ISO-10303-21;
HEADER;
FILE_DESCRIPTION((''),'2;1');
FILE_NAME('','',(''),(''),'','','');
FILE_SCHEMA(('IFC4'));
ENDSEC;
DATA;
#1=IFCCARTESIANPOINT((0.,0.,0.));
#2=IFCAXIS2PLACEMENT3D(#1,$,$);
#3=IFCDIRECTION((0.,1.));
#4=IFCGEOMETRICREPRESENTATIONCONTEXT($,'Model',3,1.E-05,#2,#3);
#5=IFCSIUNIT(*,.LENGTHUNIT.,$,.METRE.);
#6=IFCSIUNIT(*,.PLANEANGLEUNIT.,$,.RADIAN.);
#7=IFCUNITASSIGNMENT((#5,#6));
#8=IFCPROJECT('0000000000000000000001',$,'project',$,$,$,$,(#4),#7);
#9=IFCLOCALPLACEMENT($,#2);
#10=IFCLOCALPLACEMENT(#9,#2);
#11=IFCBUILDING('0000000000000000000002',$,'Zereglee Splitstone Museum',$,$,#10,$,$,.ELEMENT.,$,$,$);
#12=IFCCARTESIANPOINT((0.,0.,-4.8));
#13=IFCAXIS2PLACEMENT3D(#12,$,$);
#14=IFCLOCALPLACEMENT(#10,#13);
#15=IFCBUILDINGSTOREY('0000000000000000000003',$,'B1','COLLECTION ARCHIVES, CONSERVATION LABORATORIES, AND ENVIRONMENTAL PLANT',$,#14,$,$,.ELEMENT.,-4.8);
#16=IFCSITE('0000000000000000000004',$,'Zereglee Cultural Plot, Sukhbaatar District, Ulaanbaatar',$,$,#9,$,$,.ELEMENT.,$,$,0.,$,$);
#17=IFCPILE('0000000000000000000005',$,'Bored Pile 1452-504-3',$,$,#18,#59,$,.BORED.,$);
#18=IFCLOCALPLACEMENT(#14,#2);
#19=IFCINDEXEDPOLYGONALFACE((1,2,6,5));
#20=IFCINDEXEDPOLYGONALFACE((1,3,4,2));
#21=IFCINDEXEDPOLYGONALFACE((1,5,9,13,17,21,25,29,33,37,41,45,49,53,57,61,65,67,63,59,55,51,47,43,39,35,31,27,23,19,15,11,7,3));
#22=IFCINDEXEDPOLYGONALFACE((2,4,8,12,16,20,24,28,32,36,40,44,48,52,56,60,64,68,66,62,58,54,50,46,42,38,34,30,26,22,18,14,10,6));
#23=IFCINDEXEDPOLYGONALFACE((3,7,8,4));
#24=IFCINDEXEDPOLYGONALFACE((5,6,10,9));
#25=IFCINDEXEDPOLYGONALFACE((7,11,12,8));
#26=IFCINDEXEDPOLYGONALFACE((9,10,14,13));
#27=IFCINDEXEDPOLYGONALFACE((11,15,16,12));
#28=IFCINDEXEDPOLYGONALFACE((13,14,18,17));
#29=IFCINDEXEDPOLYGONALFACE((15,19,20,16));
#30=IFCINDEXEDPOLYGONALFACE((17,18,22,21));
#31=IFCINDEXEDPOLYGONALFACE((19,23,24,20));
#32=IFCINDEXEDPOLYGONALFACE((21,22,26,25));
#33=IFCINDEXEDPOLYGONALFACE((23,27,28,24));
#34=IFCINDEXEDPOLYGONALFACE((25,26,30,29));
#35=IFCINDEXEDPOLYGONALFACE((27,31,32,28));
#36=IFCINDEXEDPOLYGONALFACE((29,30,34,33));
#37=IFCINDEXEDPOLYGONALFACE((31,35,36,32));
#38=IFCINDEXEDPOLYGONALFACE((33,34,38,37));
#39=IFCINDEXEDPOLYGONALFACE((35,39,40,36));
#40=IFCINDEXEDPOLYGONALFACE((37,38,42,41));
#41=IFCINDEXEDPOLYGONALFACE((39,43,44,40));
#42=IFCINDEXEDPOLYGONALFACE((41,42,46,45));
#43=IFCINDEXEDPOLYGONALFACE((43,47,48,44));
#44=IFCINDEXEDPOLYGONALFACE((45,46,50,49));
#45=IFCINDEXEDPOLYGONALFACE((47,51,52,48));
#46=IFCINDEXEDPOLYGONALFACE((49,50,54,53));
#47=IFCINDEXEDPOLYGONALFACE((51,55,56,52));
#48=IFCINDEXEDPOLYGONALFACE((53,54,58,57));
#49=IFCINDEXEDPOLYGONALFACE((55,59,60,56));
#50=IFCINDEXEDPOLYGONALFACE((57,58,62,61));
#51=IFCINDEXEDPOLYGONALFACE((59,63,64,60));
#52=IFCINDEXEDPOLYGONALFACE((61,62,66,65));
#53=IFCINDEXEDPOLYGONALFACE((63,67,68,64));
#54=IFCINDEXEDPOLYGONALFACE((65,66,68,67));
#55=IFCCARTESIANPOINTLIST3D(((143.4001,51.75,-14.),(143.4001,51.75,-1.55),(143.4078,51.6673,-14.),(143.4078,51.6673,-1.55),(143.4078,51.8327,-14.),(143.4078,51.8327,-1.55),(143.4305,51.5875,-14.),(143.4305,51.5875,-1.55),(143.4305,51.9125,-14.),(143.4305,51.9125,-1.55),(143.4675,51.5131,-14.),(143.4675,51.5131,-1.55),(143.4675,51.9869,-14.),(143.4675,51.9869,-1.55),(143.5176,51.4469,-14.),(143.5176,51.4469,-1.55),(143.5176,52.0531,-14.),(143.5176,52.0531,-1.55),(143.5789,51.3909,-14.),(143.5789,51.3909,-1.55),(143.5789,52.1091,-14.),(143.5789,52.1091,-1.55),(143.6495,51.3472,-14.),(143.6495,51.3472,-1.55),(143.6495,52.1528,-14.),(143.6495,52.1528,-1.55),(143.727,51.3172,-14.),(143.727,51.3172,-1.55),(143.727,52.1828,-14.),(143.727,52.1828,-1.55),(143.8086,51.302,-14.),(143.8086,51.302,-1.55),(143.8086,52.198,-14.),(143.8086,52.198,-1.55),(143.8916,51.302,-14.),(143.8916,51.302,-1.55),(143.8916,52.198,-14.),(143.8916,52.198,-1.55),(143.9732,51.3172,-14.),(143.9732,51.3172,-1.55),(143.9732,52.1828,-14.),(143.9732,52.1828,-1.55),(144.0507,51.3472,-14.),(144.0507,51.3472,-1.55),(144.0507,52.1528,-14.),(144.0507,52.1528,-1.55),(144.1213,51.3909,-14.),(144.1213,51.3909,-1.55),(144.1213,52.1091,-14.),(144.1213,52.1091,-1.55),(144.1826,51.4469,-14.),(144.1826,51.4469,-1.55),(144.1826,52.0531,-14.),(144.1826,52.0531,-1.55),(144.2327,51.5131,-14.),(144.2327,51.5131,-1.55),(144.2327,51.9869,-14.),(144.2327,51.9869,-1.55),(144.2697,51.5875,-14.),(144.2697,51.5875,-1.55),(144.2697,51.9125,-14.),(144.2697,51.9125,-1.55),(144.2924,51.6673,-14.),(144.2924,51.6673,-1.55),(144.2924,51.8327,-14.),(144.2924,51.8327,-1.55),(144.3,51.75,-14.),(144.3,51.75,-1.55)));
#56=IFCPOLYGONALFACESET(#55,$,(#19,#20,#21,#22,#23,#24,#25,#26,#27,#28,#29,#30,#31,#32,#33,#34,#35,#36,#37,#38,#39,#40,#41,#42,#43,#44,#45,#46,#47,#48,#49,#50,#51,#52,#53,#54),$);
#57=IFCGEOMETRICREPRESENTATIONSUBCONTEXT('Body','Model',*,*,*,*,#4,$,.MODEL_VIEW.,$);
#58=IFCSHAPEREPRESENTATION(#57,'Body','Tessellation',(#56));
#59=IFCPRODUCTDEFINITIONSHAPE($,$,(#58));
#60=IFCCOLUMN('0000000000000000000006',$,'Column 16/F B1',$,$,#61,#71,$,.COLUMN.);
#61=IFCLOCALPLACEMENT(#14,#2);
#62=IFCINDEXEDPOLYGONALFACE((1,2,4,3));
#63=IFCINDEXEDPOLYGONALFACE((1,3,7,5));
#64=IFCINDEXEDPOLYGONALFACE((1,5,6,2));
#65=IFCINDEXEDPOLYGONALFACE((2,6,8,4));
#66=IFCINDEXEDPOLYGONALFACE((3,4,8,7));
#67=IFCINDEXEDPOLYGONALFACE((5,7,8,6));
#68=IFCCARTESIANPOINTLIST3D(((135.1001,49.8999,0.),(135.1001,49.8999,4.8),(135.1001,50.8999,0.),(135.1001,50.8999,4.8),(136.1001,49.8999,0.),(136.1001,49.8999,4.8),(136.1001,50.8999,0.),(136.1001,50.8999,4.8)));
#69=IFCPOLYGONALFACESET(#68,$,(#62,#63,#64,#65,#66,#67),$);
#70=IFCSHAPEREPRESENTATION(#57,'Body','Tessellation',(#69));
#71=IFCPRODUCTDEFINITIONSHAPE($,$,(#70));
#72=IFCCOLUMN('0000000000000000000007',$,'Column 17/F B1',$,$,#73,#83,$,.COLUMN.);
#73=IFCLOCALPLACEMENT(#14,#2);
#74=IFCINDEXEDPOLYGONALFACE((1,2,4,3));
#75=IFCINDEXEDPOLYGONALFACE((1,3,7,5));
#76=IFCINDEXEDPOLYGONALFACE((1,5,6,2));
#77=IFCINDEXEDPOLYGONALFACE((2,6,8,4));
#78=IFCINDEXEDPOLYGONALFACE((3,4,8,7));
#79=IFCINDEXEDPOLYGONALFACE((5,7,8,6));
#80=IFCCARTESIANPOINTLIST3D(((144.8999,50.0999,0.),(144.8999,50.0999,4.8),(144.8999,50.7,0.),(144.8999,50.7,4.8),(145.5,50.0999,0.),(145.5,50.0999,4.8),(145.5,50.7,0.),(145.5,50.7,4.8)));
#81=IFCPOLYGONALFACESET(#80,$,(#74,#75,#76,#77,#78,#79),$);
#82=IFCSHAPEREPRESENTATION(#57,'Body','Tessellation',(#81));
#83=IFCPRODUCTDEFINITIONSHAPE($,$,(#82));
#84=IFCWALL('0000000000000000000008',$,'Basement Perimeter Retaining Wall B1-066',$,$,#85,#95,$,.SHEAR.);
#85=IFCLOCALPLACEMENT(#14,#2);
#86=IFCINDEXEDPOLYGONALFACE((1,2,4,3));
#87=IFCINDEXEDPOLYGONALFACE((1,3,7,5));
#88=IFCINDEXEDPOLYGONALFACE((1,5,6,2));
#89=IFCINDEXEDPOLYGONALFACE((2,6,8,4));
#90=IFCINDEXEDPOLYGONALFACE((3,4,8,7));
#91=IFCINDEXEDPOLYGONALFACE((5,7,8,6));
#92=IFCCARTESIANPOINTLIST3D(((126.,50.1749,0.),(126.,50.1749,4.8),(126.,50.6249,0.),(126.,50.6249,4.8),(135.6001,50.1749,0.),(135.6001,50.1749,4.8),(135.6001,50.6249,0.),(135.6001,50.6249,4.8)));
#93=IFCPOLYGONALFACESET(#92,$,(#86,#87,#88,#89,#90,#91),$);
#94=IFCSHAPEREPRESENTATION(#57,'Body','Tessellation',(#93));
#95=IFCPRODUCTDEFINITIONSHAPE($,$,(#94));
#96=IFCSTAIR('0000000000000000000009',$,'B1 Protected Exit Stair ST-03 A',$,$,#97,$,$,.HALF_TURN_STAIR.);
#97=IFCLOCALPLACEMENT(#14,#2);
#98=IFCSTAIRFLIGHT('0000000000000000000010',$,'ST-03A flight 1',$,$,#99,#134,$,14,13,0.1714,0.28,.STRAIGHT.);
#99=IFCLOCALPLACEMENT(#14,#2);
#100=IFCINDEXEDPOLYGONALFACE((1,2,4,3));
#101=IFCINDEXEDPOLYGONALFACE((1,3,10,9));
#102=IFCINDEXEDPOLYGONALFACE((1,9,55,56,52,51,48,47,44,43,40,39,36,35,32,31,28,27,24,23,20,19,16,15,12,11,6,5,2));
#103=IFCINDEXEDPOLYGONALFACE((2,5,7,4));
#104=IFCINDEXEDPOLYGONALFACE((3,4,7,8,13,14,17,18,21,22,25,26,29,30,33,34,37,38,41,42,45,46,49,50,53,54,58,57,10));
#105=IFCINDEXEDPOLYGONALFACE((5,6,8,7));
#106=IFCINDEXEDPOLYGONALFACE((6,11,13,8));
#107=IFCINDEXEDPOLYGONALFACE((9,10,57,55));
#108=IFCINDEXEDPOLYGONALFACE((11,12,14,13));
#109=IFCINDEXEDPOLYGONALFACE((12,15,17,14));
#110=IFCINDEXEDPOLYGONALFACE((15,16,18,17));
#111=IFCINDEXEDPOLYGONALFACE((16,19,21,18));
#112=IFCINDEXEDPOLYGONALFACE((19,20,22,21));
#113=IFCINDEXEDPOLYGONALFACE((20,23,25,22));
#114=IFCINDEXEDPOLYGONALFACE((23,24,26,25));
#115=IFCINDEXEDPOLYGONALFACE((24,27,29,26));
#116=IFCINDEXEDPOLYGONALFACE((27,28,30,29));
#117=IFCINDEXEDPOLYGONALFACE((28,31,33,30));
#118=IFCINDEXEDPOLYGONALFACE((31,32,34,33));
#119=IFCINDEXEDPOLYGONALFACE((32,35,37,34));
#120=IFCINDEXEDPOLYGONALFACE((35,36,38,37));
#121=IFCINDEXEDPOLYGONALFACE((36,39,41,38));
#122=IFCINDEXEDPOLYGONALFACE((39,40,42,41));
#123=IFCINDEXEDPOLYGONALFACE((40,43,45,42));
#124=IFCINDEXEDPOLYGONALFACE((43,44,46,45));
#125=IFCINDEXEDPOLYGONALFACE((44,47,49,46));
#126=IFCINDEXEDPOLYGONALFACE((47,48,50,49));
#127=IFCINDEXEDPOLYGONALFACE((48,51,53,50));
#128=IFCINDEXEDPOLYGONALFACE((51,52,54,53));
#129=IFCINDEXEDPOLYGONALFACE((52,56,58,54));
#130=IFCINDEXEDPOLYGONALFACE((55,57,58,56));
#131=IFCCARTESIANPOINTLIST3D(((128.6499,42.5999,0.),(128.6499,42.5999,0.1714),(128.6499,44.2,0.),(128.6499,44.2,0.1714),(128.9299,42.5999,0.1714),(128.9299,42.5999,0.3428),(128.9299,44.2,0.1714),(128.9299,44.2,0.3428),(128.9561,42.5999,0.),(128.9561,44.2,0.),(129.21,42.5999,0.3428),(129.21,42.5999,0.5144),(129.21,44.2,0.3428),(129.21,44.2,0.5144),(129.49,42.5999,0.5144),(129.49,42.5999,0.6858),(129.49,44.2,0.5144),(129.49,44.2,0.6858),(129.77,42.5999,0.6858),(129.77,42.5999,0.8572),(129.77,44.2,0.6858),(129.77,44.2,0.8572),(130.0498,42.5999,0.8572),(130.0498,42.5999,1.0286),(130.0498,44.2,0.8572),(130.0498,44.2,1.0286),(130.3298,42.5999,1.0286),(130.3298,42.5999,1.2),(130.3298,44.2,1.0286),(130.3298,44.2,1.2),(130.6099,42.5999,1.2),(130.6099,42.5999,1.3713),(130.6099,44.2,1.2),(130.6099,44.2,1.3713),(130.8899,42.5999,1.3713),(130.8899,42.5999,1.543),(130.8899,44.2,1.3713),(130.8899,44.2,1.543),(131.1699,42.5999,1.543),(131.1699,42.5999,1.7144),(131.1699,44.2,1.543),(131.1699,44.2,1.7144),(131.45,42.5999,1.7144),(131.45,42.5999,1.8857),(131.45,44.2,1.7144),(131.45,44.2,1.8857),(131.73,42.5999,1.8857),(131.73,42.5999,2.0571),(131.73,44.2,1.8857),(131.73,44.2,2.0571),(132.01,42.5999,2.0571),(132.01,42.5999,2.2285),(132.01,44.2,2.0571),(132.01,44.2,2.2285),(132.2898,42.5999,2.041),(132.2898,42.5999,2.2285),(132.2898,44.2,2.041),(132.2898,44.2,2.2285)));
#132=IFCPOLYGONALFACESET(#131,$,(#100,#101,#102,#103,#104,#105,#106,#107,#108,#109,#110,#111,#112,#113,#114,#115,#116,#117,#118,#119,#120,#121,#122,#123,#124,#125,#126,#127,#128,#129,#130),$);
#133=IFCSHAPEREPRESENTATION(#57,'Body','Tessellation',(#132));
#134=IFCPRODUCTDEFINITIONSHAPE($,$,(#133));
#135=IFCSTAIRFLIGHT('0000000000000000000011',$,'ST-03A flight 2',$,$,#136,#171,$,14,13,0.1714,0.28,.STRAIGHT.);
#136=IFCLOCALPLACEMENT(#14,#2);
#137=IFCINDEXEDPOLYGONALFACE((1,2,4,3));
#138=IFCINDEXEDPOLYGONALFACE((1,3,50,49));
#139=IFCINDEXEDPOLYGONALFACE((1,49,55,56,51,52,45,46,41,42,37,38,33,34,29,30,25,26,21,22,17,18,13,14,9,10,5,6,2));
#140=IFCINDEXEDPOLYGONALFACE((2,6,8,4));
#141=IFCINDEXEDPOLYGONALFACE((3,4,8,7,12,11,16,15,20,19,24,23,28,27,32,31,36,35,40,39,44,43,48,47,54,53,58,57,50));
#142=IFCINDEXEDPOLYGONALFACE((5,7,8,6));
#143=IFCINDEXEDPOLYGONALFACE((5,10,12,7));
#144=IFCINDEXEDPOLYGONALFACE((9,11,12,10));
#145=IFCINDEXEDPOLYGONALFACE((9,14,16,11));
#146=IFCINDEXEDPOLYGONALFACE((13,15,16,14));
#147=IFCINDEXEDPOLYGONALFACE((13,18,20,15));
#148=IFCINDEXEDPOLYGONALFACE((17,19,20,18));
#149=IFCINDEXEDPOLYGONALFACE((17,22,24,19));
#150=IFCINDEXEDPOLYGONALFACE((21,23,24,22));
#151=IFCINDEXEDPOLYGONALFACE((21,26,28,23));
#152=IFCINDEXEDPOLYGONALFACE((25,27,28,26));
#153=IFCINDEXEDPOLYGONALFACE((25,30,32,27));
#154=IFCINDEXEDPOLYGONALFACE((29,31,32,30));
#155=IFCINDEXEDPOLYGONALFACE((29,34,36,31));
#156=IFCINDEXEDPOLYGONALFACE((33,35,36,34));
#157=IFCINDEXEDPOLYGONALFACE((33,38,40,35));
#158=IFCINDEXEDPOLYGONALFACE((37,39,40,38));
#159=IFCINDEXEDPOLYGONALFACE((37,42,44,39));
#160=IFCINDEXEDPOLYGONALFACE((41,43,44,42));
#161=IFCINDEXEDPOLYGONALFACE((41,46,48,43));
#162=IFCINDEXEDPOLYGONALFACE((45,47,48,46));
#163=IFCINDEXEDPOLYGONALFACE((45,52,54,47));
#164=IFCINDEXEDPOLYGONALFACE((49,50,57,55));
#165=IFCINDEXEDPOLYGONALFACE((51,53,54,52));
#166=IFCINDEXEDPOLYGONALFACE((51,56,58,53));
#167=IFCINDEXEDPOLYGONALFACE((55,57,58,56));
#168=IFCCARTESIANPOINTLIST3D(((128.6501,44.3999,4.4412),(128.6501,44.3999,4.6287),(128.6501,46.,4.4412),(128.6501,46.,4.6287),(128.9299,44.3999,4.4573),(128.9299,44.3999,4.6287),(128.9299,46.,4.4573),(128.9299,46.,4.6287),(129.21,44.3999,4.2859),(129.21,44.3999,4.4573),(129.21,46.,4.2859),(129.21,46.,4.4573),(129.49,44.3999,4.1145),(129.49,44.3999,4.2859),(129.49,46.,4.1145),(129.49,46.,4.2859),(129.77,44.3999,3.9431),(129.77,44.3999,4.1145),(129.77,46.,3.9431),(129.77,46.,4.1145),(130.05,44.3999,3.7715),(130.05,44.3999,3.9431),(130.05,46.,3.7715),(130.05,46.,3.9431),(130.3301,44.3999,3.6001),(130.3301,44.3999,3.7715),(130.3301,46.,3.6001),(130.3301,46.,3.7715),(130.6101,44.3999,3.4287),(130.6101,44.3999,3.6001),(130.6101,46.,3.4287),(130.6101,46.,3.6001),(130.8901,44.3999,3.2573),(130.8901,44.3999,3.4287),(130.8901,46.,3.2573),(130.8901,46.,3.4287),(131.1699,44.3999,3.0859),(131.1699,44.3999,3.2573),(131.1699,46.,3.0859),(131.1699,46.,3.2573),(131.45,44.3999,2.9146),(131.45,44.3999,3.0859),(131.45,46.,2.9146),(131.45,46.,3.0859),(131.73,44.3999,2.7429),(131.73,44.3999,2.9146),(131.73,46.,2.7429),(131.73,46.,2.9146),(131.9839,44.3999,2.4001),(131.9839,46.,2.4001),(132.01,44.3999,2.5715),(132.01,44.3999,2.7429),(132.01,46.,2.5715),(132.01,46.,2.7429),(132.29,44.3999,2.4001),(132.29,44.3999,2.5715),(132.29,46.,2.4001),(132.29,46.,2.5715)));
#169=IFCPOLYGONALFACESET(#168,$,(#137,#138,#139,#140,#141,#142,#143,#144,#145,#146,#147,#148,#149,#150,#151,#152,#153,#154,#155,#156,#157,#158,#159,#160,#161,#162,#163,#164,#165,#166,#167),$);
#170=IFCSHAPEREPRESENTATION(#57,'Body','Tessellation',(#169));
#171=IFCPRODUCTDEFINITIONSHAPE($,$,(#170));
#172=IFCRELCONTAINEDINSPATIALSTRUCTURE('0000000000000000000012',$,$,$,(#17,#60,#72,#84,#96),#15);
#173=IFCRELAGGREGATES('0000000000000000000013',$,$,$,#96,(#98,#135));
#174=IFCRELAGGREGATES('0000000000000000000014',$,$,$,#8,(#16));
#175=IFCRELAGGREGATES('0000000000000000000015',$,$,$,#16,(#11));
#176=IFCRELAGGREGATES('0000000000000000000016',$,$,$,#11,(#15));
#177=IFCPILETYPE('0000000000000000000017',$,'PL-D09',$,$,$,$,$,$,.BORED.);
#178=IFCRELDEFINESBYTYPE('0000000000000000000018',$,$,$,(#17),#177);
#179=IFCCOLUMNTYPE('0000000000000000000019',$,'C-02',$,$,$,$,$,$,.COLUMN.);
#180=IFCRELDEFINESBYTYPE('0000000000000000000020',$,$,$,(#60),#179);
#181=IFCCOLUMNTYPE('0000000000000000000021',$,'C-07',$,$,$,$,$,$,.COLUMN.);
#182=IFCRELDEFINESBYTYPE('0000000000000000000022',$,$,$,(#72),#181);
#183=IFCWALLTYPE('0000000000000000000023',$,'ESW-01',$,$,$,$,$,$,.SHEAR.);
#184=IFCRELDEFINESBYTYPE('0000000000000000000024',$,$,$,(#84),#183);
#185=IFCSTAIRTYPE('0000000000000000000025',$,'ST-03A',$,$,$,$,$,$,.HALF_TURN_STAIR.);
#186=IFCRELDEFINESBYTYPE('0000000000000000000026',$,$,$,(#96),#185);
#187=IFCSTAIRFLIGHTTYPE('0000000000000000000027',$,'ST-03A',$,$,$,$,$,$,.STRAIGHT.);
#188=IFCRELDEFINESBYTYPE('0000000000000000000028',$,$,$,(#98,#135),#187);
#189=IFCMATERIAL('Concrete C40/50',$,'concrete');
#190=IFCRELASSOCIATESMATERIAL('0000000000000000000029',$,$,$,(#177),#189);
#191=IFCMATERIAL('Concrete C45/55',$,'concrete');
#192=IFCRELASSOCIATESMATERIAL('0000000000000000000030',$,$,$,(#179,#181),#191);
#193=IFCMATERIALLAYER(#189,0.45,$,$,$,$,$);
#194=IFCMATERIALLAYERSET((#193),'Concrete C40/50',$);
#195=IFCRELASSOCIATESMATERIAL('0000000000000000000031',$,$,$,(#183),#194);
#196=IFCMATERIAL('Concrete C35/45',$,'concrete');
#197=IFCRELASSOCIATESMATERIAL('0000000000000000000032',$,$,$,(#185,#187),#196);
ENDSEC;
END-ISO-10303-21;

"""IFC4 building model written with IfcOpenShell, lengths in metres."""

from ifc_helpers import new_model, si_unit, direction, frame, frame_2d, origin, origin_2d, place, context, subcontext, project, spatial, polyline, rectangle, circle, outline, extrude, material, layer, layer_set, material_profile, profile_set, type_object, element, aggregate, save


model = new_model("IFC4")

# Units and contexts
model_context = context("Model", 3, precision=1e-05, world=origin(), true_north=direction((0.0, 1.0)))
body_context = subcontext(model_context, "Body", "Model", "MODEL_VIEW")
ifc_project = project(units=[si_unit("LENGTHUNIT", "METRE"), si_unit("PLANEANGLEUNIT", "RADIAN")], contexts=[model_context])

# Site, building, storey
site_placement = place(None, origin())
site = spatial("IfcSite", under=ifc_project, at=site_placement, Name="Zereglee Cultural Plot, Sukhbaatar District, Ulaanbaatar", CompositionType="ELEMENT", RefElevation=0.0)
building_placement = place(site_placement, origin())
building = spatial("IfcBuilding", under=site, at=building_placement, Name="Zereglee Splitstone Museum", CompositionType="ELEMENT")
storey_placement = place(building_placement, frame((0.0, 0.0, -4.8)))
storey = spatial("IfcBuildingStorey", under=building, at=storey_placement, Name="B1", Description="COLLECTION ARCHIVES, CONSERVATION LABORATORIES, AND ENVIRONMENTAL PLANT", CompositionType="ELEMENT", Elevation=-4.8)

# Shared definitions
ifc_material_1 = material(Name="Concrete C40/50", Category="concrete")

# Pile
ifc_material_profile_1 = material_profile(ifc_material_1, circle(Radius=0.45, at=origin_2d()), Name="PILE D900")
ifc_profile_set_1 = profile_set([ifc_material_profile_1], Name="Concrete C40/50")
pile_type = type_object("IfcPileType", Name="PL-D09", PredefinedType="BORED", material=ifc_profile_set_1)
for number, where, z_axis, x_axis, name in (
    (1, (143.8501, 51.75, -1.55), (0.0, 0.0, -1.0), (1.0, 0.0, 0.0), "Bored Pile 1452-504-3"),
):
    element("IfcPile", number, at=place(storey_placement, frame(where, z_axis=z_axis, x_axis=x_axis)), inside=storey, type_object=pile_type, Name=name, PredefinedType="BORED", context=body_context, shape_type="SweptSolid", body=[
        extrude(circle(Radius=0.45, at=origin_2d()), origin(), (0.0, 0.0, 1.0), 12.45),
    ])

# Columns
ifc_material_2 = material(Name="Concrete C45/55", Category="concrete")
ifc_material_profile_2 = material_profile(ifc_material_2, rectangle(XDim=1.0, YDim=1.0, at=origin_2d()), Name="RC 1000x1000")
ifc_profile_set_2 = profile_set([ifc_material_profile_2], Name="Concrete C45/55")
column_type_1 = type_object("IfcColumnType", Name="C-02", PredefinedType="COLUMN", material=ifc_profile_set_2)
column_1_placement = place(storey_placement, frame((135.6001, 50.3999, 0.0), z_axis=(0.0, 0.0, 1.0), x_axis=(1.0, 0.0, 0.0)))
element("IfcColumn", 2, at=column_1_placement, inside=storey, type_object=column_type_1, Name="Column 16/F B1", PredefinedType="COLUMN", context=body_context, shape_type="SweptSolid", body=[
    extrude(rectangle(XDim=1.0, YDim=1.0, at=origin_2d()), origin(), (0.0, 0.0, 1.0), 4.8),
])
ifc_material_profile_3 = material_profile(ifc_material_2, rectangle(XDim=0.6001, YDim=0.6001, at=origin_2d()), Name="RC 600x600")
ifc_profile_set_3 = profile_set([ifc_material_profile_3], Name="Concrete C45/55")
column_type_2 = type_object("IfcColumnType", Name="C-07", PredefinedType="COLUMN", material=ifc_profile_set_3)
column_2_placement = place(storey_placement, frame((145.2, 50.3999, 0.0), z_axis=(0.0, 0.0, 1.0), x_axis=(1.0, 0.0, 0.0)))
element("IfcColumn", 3, at=column_2_placement, inside=storey, type_object=column_type_2, Name="Column 17/F B1", PredefinedType="COLUMN", context=body_context, shape_type="SweptSolid", body=[
    extrude(rectangle(XDim=0.6001, YDim=0.6001, at=origin_2d()), origin(), (0.0, 0.0, 1.0), 4.8),
])

# Wall
ifc_layer_1 = layer(ifc_material_1, 0.45)
ifc_layer_set_1 = layer_set([ifc_layer_1], Name="Concrete C40/50")
wall_type = type_object("IfcWallType", Name="ESW-01", PredefinedType="SHEAR", material=ifc_layer_set_1)
wall_placement = place(storey_placement, frame((135.6001, 50.3999, 0.0), z_axis=(0.0, 0.0, 1.0), x_axis=(-1.0, 0.0, 0.0)))
element("IfcWall", 4, at=wall_placement, inside=storey, type_object=wall_type, Name="Basement Perimeter Retaining Wall B1-066", PredefinedType="SHEAR", context=body_context, shape_type="SweptSolid", body=[
    extrude(rectangle(XDim=9.6001, YDim=0.45, at=frame_2d((4.8, 0.0))), origin(), (0.0, 0.0, 1.0), 4.8),
])

# Stair, stair flights
ifc_material_3 = material(Name="Concrete C35/45", Category="concrete")
stair_type = type_object("IfcStairType", Name="ST-03A", PredefinedType="HALF_TURN_STAIR", material=ifc_material_3)
stair_placement = place(storey_placement, origin())
stair = element("IfcStair", 5, at=stair_placement, inside=storey, type_object=stair_type, Name="B1 Protected Exit Stair ST-03 A", PredefinedType="HALF_TURN_STAIR")
stair_flight_type = type_object("IfcStairFlightType", Name="ST-03A", PredefinedType="STRAIGHT", material=ifc_material_3)
stair_flight_1_placement = place(storey_placement, frame((128.6499, 43.3999, 0.0), z_axis=(0.0, 0.0, 1.0), x_axis=(1.0, 0.0, 0.0)))
stair_flight_1 = element("IfcStairFlight", 6, at=stair_flight_1_placement, type_object=stair_flight_type, Name="ST-03A flight 1", NumberOfRisers=14, NumberOfTreads=13, PredefinedType="STRAIGHT", RiserHeight=0.1714, TreadLength=0.28, context=body_context, shape_type="SweptSolid", body=[
    extrude(outline(polyline([(0.0, 0.0), (0.0, 0.1714), (0.28, 0.1714), (0.28, 0.3428), (0.5601, 0.3428), (0.5601, 0.5144), (0.8401, 0.5144), (0.8401, 0.6858), (1.1201, 0.6858), (1.1201, 0.8572), (1.3999, 0.8572), (1.3999, 1.0286), (1.6799, 1.0286), (1.6799, 1.2), (1.96, 1.2), (1.96, 1.3713), (2.24, 1.3713), (2.24, 1.543), (2.52, 1.543), (2.52, 1.7144), (2.8, 1.7144), (2.8, 1.8857), (3.0801, 1.8857), (3.0801, 2.0571), (3.3601, 2.0571), (3.3601, 2.2285), (3.6399, 2.2285), (3.6399, 2.3999), (3.6399, 2.041), (0.3062, 0.0), (0.0, 0.0)])), frame((0.0, 0.8, 0.0), z_axis=(0.0, -1.0, 0.0), x_axis=(1.0, 0.0, 0.0)), (0.0, 0.0, 1.0), 1.6001),
])
stair_flight_2_placement = place(storey_placement, frame((132.29, 45.2, 2.4001), z_axis=(0.0, 0.0, 1.0), x_axis=(-1.0, 0.0, 0.0)))
stair_flight_2 = element("IfcStairFlight", 7, at=stair_flight_2_placement, type_object=stair_flight_type, Name="ST-03A flight 2", NumberOfRisers=14, NumberOfTreads=13, PredefinedType="STRAIGHT", RiserHeight=0.1714, TreadLength=0.28, context=body_context, shape_type="SweptSolid", body=[
    extrude(outline(polyline([(0.0, 0.0), (0.0, 0.1714), (0.28, 0.1714), (0.28, 0.3428), (0.5601, 0.3428), (0.5601, 0.5144), (0.8401, 0.5144), (0.8401, 0.6858), (1.1201, 0.6858), (1.1201, 0.8572), (1.3999, 0.8572), (1.3999, 1.0286), (1.6799, 1.0286), (1.6799, 1.2), (1.96, 1.2), (1.96, 1.3713), (2.24, 1.3713), (2.24, 1.543), (2.52, 1.543), (2.52, 1.7144), (2.8, 1.7144), (2.8, 1.8857), (3.0801, 1.8857), (3.0801, 2.0571), (3.3601, 2.0571), (3.3601, 2.2285), (3.6399, 2.2285), (3.6399, 2.3999), (3.6399, 2.041), (0.3062, 0.0), (0.0, 0.0)])), frame((0.0, 0.8, 0.0), z_axis=(0.0, -1.0, 0.0), x_axis=(1.0, 0.0, 0.0)), (0.0, 0.0, 1.0), 1.6001),
])
aggregate(stair, [stair_flight_1, stair_flight_2])

save(model, "model.ifc")
